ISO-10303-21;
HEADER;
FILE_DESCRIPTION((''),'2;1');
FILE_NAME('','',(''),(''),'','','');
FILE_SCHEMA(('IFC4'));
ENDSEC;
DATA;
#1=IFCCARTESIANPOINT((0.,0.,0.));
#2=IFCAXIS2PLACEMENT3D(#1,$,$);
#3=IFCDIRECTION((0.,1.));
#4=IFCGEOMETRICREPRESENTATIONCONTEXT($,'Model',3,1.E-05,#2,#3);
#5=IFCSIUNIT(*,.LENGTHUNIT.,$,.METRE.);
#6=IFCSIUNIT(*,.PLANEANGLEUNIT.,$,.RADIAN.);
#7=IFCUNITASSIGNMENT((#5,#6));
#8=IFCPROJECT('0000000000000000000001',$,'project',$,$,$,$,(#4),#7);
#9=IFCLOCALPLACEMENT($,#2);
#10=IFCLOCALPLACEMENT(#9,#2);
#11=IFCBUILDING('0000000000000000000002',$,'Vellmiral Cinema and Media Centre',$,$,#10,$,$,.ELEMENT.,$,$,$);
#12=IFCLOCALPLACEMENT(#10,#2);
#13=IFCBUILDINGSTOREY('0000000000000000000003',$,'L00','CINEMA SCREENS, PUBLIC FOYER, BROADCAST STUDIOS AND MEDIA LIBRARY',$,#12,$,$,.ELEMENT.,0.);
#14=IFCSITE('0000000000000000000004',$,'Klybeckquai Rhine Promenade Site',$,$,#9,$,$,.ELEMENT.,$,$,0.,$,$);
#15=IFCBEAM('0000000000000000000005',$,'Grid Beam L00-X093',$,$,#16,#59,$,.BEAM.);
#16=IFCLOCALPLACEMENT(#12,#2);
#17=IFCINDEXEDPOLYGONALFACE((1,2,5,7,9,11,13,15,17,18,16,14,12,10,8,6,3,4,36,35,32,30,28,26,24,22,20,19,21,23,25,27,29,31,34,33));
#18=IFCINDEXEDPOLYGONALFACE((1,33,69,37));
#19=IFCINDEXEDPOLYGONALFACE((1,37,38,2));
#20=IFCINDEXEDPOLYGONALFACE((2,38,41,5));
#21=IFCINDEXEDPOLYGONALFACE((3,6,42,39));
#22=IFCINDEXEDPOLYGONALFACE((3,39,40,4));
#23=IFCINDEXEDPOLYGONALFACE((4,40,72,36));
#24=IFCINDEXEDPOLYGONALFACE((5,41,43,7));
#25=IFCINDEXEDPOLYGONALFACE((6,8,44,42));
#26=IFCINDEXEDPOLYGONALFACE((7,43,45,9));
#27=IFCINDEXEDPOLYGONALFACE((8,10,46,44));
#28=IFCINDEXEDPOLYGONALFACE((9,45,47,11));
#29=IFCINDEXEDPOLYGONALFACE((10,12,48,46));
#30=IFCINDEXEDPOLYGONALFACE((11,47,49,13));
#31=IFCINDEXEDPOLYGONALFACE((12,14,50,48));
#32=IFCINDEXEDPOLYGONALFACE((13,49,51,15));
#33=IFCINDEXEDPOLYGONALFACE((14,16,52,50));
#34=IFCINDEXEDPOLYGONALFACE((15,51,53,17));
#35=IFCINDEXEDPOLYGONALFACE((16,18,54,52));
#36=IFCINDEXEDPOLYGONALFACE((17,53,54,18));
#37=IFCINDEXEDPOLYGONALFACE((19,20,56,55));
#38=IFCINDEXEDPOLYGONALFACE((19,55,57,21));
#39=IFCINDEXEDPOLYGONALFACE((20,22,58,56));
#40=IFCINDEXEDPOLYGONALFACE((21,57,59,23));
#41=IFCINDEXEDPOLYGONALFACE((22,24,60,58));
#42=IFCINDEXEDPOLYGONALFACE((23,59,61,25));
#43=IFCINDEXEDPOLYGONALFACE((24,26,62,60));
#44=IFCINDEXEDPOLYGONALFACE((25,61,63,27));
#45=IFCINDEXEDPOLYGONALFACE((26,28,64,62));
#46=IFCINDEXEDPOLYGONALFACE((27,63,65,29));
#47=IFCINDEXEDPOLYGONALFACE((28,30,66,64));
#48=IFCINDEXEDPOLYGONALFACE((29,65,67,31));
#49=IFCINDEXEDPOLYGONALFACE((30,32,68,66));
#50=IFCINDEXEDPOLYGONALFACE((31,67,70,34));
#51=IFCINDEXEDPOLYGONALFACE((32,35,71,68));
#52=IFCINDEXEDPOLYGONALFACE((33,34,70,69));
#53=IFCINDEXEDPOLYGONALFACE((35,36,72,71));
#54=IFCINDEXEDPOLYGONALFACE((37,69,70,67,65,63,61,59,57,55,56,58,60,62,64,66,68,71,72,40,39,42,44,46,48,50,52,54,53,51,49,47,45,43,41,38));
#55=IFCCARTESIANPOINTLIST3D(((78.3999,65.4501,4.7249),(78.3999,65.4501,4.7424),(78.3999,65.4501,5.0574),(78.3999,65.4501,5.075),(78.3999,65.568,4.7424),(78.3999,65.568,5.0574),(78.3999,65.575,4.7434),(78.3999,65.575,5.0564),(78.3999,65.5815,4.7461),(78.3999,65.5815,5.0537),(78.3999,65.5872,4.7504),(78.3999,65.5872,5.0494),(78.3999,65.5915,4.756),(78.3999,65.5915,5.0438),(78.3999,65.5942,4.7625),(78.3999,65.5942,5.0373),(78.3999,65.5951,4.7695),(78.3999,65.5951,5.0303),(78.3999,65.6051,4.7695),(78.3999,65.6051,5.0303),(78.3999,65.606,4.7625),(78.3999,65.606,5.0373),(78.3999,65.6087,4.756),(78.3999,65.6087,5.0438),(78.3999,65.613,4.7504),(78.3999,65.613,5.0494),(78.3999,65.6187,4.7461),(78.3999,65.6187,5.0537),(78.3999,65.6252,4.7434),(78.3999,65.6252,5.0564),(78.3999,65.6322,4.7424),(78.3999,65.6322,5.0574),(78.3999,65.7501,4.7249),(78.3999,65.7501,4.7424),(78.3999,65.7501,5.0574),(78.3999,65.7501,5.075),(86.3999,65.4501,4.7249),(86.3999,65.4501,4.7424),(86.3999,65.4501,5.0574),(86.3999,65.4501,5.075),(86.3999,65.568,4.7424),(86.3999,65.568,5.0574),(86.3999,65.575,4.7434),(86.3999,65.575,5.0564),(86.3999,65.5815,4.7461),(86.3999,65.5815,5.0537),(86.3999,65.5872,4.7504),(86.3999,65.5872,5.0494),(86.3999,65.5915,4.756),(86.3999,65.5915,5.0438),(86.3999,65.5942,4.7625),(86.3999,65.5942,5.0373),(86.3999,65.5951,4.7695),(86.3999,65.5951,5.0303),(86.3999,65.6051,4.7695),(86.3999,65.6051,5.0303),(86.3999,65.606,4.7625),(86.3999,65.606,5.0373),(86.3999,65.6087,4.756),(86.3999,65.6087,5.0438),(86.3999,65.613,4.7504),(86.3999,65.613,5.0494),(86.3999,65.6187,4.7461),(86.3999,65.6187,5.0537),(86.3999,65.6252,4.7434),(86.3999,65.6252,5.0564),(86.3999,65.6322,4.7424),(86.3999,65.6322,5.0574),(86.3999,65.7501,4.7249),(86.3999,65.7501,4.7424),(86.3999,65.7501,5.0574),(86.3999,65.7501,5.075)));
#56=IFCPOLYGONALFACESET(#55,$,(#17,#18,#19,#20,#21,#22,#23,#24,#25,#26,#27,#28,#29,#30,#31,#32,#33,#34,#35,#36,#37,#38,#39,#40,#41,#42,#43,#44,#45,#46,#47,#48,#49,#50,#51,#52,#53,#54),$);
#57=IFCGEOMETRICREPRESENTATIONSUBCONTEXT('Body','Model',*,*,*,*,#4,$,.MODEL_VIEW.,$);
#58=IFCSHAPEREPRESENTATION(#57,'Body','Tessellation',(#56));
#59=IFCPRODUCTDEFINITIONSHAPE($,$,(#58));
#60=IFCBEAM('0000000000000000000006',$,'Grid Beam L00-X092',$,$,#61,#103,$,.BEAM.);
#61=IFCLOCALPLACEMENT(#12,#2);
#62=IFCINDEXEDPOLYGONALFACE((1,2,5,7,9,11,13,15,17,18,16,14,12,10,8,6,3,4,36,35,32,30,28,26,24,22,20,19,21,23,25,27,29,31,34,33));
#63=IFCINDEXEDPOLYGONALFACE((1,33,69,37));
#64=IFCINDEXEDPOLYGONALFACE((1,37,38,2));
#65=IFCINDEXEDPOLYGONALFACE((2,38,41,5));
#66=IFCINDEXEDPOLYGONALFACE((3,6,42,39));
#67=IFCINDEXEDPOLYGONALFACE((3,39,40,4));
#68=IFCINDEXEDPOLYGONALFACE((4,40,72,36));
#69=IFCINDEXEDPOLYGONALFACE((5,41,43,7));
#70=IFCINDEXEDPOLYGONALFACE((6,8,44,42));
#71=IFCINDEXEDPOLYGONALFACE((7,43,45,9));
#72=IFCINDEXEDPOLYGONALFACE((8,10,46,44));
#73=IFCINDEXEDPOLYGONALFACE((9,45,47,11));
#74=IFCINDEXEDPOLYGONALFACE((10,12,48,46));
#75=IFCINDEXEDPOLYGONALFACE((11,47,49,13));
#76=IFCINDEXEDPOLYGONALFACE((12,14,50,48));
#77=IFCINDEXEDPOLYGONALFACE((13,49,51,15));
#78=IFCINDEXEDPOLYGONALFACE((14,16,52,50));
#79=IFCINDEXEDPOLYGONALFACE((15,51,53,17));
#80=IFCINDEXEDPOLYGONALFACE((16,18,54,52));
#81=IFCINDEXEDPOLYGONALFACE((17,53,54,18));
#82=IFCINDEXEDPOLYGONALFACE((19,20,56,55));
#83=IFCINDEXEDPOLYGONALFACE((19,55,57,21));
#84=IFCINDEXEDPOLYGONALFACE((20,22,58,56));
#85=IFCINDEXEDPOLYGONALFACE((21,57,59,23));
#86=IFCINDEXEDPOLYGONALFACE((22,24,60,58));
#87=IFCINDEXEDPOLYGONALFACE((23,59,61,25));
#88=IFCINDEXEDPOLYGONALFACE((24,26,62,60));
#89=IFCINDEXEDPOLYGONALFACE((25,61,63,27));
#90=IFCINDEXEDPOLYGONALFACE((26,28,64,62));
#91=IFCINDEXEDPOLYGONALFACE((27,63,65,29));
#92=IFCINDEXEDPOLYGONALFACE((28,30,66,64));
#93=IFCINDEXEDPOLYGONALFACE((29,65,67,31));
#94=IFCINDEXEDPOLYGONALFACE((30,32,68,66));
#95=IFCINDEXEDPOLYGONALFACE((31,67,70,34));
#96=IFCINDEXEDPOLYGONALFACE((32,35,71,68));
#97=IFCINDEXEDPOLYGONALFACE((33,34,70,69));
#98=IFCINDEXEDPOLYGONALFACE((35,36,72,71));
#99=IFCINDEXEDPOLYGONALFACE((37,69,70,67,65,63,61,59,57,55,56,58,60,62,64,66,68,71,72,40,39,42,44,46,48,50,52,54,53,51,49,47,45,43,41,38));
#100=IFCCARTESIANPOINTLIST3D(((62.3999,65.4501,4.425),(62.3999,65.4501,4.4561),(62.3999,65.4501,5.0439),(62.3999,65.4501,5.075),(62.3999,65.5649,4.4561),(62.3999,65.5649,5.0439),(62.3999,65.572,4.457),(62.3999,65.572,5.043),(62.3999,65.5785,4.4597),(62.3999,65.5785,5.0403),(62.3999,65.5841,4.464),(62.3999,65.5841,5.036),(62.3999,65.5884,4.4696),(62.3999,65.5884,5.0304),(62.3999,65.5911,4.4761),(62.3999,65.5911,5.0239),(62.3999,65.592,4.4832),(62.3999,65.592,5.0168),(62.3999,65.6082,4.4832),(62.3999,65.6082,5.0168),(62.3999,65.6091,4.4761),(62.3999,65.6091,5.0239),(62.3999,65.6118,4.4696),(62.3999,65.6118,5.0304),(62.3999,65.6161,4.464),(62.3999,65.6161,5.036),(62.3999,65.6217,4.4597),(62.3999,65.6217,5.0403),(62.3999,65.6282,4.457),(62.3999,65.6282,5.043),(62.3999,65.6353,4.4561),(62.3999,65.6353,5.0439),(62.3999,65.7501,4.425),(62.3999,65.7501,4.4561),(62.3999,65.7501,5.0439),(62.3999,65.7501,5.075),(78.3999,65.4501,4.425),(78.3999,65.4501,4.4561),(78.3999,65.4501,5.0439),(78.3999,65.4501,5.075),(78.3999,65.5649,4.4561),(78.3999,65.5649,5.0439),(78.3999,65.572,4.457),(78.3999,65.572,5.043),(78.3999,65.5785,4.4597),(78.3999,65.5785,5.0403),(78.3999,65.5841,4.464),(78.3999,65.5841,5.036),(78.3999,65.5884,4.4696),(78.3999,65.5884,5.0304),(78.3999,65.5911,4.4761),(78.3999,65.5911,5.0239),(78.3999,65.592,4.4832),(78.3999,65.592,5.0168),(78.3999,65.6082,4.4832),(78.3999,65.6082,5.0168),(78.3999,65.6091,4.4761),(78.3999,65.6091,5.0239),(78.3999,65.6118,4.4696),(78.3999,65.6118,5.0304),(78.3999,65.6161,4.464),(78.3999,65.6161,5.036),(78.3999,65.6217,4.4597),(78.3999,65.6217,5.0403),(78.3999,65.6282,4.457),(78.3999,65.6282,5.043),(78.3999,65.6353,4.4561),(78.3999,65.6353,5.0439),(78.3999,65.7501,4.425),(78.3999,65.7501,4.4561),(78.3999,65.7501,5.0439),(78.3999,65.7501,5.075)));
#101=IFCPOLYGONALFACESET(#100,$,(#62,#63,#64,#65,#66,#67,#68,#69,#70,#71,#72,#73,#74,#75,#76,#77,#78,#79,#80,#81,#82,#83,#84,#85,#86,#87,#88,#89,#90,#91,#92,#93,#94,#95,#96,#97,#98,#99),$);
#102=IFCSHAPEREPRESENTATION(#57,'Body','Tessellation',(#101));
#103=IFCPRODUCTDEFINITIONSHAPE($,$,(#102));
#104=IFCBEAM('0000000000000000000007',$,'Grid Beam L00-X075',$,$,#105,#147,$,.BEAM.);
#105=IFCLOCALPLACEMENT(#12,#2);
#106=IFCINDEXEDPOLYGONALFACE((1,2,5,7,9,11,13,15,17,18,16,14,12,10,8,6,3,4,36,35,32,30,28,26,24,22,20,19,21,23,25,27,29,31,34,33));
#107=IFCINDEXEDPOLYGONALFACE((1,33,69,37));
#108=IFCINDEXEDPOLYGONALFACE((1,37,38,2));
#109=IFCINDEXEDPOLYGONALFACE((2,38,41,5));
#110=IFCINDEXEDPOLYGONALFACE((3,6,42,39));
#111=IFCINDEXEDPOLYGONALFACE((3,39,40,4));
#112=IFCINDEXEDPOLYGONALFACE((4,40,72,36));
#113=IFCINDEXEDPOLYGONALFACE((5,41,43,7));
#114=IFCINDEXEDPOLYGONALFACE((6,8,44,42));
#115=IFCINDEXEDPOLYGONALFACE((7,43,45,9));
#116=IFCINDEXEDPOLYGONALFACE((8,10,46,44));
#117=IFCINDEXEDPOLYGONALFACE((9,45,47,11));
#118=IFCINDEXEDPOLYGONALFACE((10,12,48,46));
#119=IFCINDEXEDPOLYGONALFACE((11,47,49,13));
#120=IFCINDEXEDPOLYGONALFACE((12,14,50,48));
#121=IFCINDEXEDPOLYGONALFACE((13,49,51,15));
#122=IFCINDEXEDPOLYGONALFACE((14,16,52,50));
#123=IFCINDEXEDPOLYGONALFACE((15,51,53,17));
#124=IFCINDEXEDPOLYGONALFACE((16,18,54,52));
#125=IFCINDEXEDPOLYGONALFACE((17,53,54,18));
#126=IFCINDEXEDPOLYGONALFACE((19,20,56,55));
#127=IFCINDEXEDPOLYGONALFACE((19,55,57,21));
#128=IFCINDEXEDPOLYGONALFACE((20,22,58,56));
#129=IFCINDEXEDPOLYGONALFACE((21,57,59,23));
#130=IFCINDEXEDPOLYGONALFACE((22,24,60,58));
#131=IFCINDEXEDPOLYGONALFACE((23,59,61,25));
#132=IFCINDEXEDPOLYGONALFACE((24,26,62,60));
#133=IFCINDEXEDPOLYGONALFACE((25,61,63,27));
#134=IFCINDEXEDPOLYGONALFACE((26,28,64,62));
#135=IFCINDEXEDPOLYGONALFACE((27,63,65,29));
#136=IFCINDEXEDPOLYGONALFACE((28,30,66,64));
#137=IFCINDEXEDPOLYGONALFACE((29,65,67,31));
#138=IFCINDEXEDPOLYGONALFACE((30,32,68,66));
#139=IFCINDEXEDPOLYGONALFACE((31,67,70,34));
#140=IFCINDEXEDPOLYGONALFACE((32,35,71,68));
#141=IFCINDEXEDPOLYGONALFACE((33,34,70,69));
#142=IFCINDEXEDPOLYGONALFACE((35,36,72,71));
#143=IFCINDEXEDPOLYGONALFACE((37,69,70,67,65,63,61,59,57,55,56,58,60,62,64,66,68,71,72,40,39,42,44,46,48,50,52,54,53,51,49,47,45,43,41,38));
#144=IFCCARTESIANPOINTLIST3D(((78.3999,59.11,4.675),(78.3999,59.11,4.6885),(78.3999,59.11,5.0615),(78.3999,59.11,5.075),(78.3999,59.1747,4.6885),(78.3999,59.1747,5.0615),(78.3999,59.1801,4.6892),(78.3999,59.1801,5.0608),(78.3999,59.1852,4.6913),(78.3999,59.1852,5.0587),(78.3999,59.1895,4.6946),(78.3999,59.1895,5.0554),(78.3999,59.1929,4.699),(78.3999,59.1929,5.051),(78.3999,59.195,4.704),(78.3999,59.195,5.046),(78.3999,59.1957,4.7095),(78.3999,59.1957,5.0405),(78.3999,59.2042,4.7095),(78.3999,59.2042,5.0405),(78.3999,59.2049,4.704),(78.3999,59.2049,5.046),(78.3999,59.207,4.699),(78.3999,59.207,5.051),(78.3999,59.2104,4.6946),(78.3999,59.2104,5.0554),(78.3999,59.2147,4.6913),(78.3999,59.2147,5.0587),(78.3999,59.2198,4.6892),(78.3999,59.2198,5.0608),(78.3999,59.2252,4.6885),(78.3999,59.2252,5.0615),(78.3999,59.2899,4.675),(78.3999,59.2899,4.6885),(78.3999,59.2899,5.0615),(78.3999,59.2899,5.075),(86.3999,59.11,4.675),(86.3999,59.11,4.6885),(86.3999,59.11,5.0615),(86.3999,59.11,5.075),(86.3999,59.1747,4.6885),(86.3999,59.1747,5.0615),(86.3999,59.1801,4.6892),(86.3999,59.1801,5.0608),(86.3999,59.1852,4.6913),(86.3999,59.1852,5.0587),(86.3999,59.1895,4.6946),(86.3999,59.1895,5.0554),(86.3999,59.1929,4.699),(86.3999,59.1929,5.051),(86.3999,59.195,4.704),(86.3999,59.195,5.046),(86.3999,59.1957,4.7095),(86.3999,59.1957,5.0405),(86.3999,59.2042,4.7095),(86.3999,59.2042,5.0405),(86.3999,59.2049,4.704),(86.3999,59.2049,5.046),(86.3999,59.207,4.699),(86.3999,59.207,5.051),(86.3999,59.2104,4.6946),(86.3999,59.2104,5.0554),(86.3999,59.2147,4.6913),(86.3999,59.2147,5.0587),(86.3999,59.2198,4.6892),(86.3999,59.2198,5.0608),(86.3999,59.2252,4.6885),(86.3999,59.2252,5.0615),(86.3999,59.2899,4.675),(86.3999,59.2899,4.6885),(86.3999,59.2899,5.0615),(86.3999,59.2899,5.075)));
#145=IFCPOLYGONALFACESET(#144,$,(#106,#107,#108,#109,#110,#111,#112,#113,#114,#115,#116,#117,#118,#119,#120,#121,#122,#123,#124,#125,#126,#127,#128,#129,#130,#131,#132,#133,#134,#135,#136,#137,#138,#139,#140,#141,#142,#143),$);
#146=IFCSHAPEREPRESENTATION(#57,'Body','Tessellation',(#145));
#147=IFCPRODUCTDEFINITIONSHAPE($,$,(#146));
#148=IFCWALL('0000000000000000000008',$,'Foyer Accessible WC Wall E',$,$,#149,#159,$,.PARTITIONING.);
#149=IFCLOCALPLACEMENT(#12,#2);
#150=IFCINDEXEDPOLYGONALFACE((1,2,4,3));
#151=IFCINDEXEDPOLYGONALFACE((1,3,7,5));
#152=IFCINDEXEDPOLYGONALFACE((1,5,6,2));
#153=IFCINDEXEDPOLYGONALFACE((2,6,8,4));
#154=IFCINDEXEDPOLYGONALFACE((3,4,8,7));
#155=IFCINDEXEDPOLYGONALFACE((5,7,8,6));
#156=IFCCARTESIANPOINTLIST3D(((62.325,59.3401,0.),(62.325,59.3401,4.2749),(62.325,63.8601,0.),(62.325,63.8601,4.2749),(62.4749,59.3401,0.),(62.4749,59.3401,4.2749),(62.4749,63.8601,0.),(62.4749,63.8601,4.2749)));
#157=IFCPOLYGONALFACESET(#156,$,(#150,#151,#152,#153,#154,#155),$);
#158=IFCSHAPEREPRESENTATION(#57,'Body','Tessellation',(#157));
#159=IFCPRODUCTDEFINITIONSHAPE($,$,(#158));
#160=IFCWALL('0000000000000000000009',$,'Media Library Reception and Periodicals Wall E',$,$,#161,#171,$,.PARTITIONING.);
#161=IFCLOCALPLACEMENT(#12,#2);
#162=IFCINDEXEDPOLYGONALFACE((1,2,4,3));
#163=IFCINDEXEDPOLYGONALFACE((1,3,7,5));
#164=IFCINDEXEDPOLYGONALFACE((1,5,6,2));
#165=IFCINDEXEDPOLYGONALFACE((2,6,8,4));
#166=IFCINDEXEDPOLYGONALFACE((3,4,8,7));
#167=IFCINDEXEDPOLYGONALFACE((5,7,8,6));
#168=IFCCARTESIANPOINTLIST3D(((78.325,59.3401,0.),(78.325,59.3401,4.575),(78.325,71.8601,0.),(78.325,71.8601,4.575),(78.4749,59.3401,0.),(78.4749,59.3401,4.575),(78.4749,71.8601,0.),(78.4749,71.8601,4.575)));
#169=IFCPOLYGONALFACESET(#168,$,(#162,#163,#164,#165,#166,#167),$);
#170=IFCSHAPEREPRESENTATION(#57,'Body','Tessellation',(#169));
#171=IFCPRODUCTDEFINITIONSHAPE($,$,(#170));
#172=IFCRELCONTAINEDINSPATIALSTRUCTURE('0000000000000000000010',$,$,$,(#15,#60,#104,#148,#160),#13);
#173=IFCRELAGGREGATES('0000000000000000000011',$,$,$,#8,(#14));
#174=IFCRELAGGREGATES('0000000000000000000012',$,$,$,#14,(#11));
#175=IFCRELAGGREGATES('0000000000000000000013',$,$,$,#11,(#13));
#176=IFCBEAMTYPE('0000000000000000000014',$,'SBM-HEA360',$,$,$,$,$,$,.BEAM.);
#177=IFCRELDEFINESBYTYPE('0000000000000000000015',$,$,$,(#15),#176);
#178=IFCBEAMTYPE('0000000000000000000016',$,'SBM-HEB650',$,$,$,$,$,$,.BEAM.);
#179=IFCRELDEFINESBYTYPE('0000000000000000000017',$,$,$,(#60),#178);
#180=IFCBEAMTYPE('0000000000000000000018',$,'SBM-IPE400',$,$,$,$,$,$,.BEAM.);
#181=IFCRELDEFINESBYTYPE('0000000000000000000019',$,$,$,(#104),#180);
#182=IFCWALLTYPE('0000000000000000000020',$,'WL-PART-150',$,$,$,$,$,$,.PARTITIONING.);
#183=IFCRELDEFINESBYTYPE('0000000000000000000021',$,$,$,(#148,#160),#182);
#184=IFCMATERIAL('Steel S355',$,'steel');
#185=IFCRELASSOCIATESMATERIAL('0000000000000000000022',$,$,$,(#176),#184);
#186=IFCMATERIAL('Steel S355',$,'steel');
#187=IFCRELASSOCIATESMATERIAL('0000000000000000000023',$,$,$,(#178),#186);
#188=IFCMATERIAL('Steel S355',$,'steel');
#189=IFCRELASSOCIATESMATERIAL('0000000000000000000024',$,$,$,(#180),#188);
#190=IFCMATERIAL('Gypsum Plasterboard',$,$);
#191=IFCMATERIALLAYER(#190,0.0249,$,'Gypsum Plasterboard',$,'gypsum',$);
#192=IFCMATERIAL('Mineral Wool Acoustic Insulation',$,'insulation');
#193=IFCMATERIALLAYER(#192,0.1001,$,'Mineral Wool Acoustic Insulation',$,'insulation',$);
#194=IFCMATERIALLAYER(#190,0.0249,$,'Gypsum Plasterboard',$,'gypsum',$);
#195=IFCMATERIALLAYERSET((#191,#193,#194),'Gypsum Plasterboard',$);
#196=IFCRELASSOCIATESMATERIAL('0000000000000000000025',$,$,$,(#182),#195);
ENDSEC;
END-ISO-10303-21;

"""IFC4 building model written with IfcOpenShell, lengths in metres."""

from ifc_helpers import new_model, si_unit, direction, frame, frame_2d, origin, origin_2d, place, context, subcontext, project, spatial, rectangle, i_section, extrude, material, layer, layer_set, material_profile, profile_set, type_object, element, save


model = new_model("IFC4")

# Units and contexts
model_context = context("Model", 3, precision=1e-05, world=origin(), true_north=direction((0.0, 1.0)))
body_context = subcontext(model_context, "Body", "Model", "MODEL_VIEW")
ifc_project = project(units=[si_unit("LENGTHUNIT", "METRE"), si_unit("PLANEANGLEUNIT", "RADIAN")], contexts=[model_context])

# Site, building, storey
site_placement = place(None, origin())
site = spatial("IfcSite", under=ifc_project, at=site_placement, Name="Klybeckquai Rhine Promenade Site", CompositionType="ELEMENT", RefElevation=0.0)
building_placement = place(site_placement, origin())
building = spatial("IfcBuilding", under=site, at=building_placement, Name="Vellmiral Cinema and Media Centre", CompositionType="ELEMENT")
storey_placement = place(building_placement, origin())
storey = spatial("IfcBuildingStorey", under=building, at=storey_placement, Name="L00", Description="CINEMA SCREENS, PUBLIC FOYER, BROADCAST STUDIOS AND MEDIA LIBRARY", CompositionType="ELEMENT", Elevation=0.0)

# Beams
ifc_material_1 = material(Name="Steel S355", Category="steel")
ifc_material_profile_1 = material_profile(ifc_material_1, i_section(OverallWidth=0.3, OverallDepth=0.3501, WebThickness=0.01, FlangeThickness=0.0176, FilletRadius=0.0271, at=origin_2d()), Name="HEA 360")
ifc_profile_set_1 = profile_set([ifc_material_profile_1], Name="Steel S355")
beam_type_1 = type_object("IfcBeamType", Name="SBM-HEA360", PredefinedType="BEAM", material=ifc_profile_set_1)
beam_1_placement = place(storey_placement, frame((78.3999, 65.6001, 4.8999), z_axis=(1.0, 0.0, 0.0), x_axis=(0.0, 1.0, 0.0)))
element("IfcBeam", 1, at=beam_1_placement, inside=storey, type_object=beam_type_1, Name="Grid Beam L00-X093", PredefinedType="BEAM", context=body_context, shape_type="SweptSolid", body=[
    extrude(i_section(OverallWidth=0.3, OverallDepth=0.3501, WebThickness=0.01, FlangeThickness=0.0176, FilletRadius=0.0271, at=origin_2d()), origin(), (0.0, 0.0, 1.0), 8.0),
])
ifc_material_2 = material(Name="Steel S355", Category="steel")
ifc_material_profile_2 = material_profile(ifc_material_2, i_section(OverallWidth=0.3, OverallDepth=0.6499, WebThickness=0.0161, FlangeThickness=0.031, FilletRadius=0.0271, at=origin_2d()), Name="HEB 650")
ifc_profile_set_2 = profile_set([ifc_material_profile_2], Name="Steel S355")
beam_type_2 = type_object("IfcBeamType", Name="SBM-HEB650", PredefinedType="BEAM", material=ifc_profile_set_2)
beam_2_placement = place(storey_placement, frame((62.3999, 65.6001, 4.75), z_axis=(1.0, 0.0, 0.0), x_axis=(0.0, 1.0, 0.0)))
element("IfcBeam", 2, at=beam_2_placement, inside=storey, type_object=beam_type_2, Name="Grid Beam L00-X092", PredefinedType="BEAM", context=body_context, shape_type="SweptSolid", body=[
    extrude(i_section(OverallWidth=0.3, OverallDepth=0.6499, WebThickness=0.0161, FlangeThickness=0.031, FilletRadius=0.0271, at=origin_2d()), origin(), (0.0, 0.0, 1.0), 16.0),
])
ifc_material_3 = material(Name="Steel S355", Category="steel")
ifc_material_profile_3 = material_profile(ifc_material_3, i_section(OverallWidth=0.1799, OverallDepth=0.3999, WebThickness=0.0085, FlangeThickness=0.0134, FilletRadius=0.021, at=origin_2d()), Name="IPE 400")
ifc_profile_set_3 = profile_set([ifc_material_profile_3], Name="Steel S355")
beam_type_3 = type_object("IfcBeamType", Name="SBM-IPE400", PredefinedType="BEAM", material=ifc_profile_set_3)
beam_3_placement = place(storey_placement, frame((78.3999, 59.2, 4.875), z_axis=(1.0, 0.0, 0.0), x_axis=(0.0, 1.0, 0.0)))
element("IfcBeam", 3, at=beam_3_placement, inside=storey, type_object=beam_type_3, Name="Grid Beam L00-X075", PredefinedType="BEAM", context=body_context, shape_type="SweptSolid", body=[
    extrude(i_section(OverallWidth=0.1799, OverallDepth=0.3999, WebThickness=0.0085, FlangeThickness=0.0134, FilletRadius=0.021, at=origin_2d()), origin(), (0.0, 0.0, 1.0), 8.0),
])

# Walls
ifc_material_4 = material(Name="Gypsum Plasterboard")
ifc_layer_1 = layer(ifc_material_4, 0.0249, Name="Gypsum Plasterboard", Category="gypsum")
ifc_material_5 = material(Name="Mineral Wool Acoustic Insulation", Category="insulation")
ifc_layer_2 = layer(ifc_material_5, 0.1001, Name="Mineral Wool Acoustic Insulation", Category="insulation")
ifc_layer_3 = layer(ifc_material_4, 0.0249, Name="Gypsum Plasterboard", Category="gypsum")
ifc_layer_set_1 = layer_set([ifc_layer_1, ifc_layer_2, ifc_layer_3], Name="Gypsum Plasterboard")
wall_type_1 = type_object("IfcWallType", Name="WL-PART-150", PredefinedType="PARTITIONING", material=ifc_layer_set_1)
wall_1_placement = place(storey_placement, frame((62.3999, 59.3401, 0.0), z_axis=(0.0, 0.0, 1.0), x_axis=(0.0, 1.0, 0.0)))
element("IfcWall", 4, at=wall_1_placement, inside=storey, type_object=wall_type_1, Name="Foyer Accessible WC Wall E", PredefinedType="PARTITIONING", context=body_context, shape_type="SweptSolid", body=[
    extrude(rectangle(XDim=4.52, YDim=0.1499, at=frame_2d((2.26, 0.0))), origin(), (0.0, 0.0, 1.0), 4.2749),
])
wall_2_placement = place(storey_placement, frame((78.3999, 59.3401, 0.0), z_axis=(0.0, 0.0, 1.0), x_axis=(0.0, 1.0, 0.0)))
element("IfcWall", 5, at=wall_2_placement, inside=storey, type_object=wall_type_1, Name="Media Library Reception and Periodicals Wall E", PredefinedType="PARTITIONING", context=body_context, shape_type="SweptSolid", body=[
    extrude(rectangle(XDim=12.52, YDim=0.1499, at=frame_2d((6.26, 0.0))), origin(), (0.0, 0.0, 1.0), 4.575),
])

save(model, "model.ifc")
